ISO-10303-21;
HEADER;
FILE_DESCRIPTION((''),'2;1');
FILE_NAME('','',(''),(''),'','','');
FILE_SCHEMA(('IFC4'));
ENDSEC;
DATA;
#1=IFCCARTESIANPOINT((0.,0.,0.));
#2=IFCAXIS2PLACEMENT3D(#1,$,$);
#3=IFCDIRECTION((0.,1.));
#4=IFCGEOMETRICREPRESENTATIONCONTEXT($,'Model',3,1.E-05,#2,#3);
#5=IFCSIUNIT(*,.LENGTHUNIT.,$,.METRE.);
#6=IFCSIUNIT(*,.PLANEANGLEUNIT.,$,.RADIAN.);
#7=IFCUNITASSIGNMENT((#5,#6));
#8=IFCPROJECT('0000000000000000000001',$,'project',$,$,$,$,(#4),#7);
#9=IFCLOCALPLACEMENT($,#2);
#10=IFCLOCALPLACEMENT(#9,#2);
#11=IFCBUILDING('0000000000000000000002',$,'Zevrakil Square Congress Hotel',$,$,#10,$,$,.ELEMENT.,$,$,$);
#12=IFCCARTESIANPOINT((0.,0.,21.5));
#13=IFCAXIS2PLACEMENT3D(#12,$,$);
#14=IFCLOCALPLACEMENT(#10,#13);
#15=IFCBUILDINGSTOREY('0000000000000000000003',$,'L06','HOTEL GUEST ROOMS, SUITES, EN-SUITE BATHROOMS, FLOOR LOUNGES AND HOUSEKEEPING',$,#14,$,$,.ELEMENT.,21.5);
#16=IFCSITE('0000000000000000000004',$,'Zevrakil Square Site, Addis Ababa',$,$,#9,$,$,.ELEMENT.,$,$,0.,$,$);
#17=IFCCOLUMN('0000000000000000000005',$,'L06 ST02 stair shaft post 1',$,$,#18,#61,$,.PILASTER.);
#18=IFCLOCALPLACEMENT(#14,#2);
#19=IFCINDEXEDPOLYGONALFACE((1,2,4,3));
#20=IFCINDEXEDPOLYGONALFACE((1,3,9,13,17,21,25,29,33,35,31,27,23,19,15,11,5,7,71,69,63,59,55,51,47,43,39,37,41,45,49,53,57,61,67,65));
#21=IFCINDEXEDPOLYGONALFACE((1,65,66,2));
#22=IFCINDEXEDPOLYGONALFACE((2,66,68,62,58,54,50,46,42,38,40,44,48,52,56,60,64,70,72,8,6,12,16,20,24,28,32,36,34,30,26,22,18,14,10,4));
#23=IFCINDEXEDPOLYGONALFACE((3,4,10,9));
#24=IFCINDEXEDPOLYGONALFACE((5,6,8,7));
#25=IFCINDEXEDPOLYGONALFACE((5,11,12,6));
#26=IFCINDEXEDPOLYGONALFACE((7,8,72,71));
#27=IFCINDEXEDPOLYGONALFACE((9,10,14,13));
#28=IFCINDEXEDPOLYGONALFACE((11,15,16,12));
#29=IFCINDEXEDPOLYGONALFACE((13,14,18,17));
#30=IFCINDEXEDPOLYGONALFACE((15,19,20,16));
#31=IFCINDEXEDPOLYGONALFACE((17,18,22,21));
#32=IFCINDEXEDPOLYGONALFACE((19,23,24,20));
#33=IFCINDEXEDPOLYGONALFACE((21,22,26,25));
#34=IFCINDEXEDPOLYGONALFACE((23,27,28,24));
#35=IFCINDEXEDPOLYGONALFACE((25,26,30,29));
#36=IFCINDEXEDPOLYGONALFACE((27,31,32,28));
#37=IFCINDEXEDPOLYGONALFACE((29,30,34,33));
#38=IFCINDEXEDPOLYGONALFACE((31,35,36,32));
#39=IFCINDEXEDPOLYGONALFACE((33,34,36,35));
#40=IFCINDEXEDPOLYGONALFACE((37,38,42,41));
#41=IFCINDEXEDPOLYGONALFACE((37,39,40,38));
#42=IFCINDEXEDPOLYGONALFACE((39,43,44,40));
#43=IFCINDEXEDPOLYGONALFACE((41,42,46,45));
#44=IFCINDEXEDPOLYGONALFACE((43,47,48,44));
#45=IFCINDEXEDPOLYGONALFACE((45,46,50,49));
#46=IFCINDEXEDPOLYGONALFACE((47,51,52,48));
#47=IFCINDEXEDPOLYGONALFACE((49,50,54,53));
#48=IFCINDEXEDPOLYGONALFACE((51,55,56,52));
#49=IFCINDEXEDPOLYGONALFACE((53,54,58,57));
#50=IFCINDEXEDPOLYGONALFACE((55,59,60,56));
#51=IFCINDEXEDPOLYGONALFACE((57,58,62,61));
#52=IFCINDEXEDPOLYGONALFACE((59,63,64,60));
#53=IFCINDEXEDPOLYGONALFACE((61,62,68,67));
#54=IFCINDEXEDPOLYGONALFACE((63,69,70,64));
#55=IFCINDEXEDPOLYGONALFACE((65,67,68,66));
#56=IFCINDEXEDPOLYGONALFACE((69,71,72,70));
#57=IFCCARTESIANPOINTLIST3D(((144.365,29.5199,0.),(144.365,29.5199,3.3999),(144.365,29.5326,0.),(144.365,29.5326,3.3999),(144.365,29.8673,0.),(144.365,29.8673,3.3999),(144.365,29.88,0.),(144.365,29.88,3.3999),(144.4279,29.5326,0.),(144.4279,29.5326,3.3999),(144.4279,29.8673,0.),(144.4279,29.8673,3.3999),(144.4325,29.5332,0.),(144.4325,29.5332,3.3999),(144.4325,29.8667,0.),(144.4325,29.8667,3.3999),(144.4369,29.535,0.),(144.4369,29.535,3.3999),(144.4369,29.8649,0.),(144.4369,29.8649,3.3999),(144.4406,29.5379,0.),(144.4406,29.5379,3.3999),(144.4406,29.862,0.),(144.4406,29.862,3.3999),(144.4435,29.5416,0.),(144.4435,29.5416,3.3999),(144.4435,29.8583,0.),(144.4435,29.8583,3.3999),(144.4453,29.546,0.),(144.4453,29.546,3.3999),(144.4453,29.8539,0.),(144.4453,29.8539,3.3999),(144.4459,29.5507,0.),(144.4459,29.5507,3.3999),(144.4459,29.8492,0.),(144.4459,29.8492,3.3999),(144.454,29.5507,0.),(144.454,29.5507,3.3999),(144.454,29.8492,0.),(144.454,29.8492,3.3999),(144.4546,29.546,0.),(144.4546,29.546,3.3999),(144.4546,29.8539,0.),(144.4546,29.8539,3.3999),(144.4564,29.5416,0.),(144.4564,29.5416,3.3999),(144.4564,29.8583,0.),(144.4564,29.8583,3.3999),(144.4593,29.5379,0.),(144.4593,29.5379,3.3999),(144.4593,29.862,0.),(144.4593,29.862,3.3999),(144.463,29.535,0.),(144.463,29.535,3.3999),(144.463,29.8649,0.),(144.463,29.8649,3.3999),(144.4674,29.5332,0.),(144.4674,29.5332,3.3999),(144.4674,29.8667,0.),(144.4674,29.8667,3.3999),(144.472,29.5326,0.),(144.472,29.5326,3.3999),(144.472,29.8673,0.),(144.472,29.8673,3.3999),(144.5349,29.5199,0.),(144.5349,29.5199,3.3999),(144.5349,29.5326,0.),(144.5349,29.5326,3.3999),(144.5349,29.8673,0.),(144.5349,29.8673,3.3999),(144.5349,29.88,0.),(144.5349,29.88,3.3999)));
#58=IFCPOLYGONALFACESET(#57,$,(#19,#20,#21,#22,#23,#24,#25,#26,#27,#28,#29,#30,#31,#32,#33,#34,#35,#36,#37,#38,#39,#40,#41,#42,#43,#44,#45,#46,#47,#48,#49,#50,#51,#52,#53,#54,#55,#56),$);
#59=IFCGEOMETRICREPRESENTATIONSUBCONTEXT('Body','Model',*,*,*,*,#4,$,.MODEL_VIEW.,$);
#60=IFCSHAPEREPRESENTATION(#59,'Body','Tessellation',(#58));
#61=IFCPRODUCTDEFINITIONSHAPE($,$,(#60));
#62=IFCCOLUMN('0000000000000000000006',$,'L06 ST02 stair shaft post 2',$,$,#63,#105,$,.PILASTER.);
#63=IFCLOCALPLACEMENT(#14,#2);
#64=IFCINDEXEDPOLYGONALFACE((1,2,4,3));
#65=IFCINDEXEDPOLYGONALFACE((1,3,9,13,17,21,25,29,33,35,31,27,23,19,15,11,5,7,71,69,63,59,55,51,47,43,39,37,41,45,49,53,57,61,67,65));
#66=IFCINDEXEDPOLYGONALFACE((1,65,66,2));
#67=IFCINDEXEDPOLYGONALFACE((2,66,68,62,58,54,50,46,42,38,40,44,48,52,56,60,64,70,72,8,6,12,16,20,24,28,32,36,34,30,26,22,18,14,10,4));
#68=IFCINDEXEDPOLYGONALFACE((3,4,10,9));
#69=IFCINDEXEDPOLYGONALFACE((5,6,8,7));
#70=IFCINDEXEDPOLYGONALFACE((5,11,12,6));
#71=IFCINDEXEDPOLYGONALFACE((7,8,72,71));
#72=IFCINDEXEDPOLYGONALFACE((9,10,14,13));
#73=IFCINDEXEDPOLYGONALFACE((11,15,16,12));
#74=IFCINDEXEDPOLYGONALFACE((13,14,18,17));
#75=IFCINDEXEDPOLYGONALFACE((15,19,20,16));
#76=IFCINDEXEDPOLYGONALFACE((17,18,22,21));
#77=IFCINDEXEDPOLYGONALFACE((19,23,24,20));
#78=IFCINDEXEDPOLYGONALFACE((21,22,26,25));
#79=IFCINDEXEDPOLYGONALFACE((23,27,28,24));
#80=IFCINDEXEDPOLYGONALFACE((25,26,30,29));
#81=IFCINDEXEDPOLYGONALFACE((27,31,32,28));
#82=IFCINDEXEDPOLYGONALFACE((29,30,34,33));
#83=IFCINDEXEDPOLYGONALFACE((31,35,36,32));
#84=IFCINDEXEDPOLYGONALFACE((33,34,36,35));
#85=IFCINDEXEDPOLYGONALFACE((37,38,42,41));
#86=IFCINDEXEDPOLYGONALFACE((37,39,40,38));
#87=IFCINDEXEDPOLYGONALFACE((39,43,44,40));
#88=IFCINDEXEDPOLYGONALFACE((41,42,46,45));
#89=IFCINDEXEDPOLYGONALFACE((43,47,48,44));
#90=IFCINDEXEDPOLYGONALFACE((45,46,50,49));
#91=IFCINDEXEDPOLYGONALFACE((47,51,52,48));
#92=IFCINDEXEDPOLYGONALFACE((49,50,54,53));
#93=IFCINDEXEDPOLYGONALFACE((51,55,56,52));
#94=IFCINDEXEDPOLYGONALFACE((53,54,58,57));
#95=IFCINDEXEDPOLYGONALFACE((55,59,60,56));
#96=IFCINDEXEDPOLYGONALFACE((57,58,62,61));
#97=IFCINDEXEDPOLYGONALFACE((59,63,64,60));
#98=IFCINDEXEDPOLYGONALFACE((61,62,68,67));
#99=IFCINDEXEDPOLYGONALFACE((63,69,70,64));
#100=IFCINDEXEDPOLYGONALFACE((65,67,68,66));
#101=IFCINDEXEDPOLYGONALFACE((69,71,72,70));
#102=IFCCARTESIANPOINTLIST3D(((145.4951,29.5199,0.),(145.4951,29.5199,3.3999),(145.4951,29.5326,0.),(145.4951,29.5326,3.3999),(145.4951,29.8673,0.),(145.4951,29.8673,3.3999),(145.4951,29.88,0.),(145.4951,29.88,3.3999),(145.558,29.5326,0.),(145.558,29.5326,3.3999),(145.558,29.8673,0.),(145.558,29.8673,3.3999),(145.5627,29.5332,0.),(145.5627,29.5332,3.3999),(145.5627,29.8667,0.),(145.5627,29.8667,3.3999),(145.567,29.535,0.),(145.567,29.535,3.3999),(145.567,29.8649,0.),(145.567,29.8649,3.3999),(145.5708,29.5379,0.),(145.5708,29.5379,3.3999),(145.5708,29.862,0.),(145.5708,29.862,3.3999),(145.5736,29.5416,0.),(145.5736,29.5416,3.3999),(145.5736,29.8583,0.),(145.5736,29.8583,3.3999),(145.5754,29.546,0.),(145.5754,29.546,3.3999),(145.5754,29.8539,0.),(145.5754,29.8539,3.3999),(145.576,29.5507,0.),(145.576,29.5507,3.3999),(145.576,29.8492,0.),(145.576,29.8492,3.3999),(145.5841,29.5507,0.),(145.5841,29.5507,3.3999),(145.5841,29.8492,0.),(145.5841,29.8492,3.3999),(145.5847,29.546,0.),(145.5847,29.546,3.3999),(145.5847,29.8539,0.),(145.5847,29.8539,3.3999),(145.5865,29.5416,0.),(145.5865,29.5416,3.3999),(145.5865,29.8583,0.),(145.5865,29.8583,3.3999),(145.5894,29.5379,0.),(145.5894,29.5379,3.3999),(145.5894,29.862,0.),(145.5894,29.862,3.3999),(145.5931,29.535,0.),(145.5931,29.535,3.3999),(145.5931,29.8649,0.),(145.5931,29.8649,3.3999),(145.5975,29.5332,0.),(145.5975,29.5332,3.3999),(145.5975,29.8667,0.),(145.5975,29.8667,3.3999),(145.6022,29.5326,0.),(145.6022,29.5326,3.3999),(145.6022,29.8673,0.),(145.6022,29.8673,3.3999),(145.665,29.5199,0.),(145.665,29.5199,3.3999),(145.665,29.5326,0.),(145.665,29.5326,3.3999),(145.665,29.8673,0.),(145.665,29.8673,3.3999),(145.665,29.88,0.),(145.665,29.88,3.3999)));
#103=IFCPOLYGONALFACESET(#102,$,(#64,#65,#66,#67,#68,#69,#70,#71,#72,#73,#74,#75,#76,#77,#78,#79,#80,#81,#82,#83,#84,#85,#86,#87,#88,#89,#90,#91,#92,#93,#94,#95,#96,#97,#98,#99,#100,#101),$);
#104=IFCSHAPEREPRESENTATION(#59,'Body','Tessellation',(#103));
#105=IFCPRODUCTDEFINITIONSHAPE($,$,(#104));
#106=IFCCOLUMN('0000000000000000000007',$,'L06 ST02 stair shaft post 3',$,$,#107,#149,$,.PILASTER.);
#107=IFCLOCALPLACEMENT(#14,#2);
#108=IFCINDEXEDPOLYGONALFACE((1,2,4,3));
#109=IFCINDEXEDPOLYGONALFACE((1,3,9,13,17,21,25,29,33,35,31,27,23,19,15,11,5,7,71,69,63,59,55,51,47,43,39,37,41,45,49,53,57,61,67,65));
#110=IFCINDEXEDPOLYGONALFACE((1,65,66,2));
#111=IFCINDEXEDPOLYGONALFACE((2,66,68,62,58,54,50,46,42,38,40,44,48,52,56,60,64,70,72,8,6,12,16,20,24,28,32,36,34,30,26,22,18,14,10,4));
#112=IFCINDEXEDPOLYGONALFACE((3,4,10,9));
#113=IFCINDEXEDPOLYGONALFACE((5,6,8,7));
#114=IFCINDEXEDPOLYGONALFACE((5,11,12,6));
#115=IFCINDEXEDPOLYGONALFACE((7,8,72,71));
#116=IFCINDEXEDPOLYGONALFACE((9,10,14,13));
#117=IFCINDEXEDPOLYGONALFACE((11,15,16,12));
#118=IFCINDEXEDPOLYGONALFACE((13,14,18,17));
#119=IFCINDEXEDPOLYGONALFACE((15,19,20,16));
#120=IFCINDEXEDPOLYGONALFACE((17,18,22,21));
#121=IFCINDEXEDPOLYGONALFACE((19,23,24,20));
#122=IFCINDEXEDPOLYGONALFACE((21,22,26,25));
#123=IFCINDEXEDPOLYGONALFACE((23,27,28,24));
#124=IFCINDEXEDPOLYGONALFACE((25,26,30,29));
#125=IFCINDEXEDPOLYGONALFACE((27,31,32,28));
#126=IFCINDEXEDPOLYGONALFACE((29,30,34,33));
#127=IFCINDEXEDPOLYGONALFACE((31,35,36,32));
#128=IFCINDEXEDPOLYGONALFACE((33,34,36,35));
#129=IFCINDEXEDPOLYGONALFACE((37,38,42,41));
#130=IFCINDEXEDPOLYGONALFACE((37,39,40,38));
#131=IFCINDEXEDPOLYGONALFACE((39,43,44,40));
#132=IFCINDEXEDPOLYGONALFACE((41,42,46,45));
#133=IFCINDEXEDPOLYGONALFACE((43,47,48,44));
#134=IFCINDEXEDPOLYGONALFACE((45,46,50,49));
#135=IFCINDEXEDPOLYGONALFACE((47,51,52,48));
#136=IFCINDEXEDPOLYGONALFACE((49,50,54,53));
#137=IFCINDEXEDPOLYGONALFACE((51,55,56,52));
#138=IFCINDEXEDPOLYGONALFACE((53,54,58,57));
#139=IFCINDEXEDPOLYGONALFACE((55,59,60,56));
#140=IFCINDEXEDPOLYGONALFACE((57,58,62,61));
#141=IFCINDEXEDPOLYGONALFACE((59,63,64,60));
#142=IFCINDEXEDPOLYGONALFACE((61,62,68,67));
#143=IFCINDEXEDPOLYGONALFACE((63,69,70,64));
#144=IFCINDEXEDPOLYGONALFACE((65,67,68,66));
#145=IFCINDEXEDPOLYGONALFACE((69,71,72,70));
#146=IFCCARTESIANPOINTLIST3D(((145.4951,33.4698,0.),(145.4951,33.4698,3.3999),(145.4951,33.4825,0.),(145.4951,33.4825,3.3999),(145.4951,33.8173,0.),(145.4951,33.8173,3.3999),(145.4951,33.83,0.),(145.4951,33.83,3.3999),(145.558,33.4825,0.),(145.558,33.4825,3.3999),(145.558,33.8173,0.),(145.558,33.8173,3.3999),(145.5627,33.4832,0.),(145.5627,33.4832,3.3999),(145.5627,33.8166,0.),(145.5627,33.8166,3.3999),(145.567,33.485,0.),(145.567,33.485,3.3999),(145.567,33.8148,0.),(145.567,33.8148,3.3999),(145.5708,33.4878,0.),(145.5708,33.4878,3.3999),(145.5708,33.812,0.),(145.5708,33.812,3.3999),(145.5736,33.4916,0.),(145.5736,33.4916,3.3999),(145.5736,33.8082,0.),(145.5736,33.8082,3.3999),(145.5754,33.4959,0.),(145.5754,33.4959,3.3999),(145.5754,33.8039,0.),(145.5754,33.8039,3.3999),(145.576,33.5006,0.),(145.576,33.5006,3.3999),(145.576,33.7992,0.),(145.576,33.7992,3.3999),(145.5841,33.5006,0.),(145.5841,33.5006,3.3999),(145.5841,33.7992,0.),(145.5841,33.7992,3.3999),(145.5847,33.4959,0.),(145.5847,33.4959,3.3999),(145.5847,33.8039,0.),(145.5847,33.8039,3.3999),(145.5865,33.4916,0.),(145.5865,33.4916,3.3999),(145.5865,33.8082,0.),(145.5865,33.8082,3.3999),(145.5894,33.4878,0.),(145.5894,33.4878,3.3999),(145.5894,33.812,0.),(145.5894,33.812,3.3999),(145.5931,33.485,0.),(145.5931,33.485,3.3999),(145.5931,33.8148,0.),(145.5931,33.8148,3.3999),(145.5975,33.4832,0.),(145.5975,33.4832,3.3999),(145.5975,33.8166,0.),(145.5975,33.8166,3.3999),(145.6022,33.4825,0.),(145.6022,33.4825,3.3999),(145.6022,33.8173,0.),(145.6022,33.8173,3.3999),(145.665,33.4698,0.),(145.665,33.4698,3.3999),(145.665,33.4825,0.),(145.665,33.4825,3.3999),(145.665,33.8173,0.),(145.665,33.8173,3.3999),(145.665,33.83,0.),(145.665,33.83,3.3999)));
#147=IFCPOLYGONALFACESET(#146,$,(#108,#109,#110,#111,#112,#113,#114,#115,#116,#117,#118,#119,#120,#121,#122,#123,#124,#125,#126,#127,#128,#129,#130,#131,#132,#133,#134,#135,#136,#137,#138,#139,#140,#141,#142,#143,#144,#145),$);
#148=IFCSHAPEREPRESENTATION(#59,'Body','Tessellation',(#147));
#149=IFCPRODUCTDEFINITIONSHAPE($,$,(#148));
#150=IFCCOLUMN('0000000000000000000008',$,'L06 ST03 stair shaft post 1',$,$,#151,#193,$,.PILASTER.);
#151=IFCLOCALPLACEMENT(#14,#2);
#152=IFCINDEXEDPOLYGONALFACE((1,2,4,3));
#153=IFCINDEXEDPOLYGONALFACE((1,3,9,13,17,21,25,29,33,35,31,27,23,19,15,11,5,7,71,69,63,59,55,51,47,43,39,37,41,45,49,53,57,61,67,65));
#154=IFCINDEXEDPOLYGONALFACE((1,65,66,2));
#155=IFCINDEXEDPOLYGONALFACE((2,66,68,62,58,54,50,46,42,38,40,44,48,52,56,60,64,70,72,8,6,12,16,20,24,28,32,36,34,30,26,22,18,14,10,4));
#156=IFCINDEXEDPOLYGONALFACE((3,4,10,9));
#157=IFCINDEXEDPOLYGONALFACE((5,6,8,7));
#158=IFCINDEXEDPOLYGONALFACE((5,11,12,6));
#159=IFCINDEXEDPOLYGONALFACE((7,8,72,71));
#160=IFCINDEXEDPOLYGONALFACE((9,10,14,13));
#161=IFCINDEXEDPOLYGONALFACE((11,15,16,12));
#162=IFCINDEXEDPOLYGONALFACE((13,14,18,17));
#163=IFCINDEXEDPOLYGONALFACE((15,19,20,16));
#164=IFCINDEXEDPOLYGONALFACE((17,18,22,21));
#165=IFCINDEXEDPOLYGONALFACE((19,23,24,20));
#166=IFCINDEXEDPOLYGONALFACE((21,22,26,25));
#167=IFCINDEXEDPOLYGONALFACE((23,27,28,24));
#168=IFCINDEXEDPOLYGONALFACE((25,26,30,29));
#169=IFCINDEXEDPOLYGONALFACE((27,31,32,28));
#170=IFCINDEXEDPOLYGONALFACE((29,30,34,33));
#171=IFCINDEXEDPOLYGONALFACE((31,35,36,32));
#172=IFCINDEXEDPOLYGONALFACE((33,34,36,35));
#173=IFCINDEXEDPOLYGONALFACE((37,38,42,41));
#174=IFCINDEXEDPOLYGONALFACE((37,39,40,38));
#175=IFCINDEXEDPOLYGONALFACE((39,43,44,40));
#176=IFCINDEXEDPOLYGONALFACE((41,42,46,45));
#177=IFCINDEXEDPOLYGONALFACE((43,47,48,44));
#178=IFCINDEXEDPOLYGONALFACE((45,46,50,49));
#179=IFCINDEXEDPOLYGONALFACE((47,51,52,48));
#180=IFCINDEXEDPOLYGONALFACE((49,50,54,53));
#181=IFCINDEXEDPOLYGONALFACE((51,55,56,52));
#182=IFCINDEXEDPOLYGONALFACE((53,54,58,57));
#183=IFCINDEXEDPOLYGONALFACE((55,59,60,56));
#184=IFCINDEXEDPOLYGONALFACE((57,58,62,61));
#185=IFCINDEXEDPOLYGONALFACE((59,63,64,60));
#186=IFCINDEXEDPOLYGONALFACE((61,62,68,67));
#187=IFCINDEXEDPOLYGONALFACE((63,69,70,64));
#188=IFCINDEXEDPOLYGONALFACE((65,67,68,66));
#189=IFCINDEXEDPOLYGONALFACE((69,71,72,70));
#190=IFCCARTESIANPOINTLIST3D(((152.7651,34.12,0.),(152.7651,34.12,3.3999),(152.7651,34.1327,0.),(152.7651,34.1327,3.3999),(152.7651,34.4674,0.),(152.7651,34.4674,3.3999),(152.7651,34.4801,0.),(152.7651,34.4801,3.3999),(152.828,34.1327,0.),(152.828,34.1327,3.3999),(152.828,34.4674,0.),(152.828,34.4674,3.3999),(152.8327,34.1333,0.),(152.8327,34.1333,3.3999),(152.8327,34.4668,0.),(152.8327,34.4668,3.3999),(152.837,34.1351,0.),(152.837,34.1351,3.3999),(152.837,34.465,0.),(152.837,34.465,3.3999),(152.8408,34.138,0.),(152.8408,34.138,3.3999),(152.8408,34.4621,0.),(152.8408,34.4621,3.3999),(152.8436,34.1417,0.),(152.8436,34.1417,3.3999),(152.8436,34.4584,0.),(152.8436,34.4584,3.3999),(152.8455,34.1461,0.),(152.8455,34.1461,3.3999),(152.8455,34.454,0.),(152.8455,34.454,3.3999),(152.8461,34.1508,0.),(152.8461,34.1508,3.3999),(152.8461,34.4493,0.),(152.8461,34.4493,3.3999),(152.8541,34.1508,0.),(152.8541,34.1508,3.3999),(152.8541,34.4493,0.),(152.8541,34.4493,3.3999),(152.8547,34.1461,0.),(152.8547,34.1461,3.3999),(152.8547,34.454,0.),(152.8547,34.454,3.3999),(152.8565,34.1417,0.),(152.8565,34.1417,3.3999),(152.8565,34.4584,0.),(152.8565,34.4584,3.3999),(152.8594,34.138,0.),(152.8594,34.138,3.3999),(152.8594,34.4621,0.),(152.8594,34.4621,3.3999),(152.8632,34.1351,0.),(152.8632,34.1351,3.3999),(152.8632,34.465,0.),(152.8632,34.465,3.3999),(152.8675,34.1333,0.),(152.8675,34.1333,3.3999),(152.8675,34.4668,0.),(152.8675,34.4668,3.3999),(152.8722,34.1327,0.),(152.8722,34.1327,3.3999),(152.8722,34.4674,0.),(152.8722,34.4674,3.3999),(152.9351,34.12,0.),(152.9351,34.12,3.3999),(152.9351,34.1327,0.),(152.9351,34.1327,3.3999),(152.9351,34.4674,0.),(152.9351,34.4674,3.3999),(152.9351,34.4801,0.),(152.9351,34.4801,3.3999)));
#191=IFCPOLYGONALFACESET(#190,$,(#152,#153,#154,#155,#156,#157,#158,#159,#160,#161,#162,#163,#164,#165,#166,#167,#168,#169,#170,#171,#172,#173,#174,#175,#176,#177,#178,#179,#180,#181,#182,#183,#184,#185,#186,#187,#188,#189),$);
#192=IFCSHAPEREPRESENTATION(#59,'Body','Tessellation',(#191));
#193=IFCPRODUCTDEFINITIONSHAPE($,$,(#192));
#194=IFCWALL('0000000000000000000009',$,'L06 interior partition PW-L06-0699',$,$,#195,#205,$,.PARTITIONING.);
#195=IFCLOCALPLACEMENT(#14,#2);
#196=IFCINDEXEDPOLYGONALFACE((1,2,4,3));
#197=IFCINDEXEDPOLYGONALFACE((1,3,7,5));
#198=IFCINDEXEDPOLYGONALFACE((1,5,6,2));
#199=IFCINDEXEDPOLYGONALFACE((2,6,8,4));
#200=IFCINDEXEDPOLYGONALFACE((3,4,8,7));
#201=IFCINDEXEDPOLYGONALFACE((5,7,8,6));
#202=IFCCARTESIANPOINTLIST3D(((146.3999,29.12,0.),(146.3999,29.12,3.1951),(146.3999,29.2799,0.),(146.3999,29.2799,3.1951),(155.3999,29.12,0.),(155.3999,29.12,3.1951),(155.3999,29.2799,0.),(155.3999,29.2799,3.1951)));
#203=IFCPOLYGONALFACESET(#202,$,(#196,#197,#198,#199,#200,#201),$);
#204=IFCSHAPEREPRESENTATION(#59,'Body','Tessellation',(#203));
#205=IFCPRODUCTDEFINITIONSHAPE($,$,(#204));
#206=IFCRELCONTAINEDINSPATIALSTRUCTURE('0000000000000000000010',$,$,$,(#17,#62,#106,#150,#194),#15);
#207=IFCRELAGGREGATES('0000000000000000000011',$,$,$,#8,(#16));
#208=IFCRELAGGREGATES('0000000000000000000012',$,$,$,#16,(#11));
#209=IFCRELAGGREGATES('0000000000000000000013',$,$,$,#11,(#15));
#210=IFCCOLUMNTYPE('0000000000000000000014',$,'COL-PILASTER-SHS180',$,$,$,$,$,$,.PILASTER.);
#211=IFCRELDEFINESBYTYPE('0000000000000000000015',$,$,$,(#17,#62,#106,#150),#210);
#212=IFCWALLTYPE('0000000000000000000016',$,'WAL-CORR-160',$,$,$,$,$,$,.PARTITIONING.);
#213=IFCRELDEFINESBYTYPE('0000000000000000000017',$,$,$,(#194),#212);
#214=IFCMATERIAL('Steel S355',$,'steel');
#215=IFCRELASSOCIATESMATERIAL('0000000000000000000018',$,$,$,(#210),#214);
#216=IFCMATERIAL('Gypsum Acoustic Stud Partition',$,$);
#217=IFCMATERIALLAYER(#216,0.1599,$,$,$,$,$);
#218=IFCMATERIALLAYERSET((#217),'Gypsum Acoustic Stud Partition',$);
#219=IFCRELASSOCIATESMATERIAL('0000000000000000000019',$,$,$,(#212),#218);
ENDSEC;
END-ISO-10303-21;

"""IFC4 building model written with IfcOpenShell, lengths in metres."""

from ifc_helpers import new_model, si_unit, direction, frame, frame_2d, origin, origin_2d, place, context, subcontext, project, spatial, rectangle, i_section, extrude, material, layer, layer_set, material_profile, profile_set, type_object, element, save


model = new_model("IFC4")

# Units and contexts
model_context = context("Model", 3, precision=1e-05, world=origin(), true_north=direction((0.0, 1.0)))
body_context = subcontext(model_context, "Body", "Model", "MODEL_VIEW")
ifc_project = project(units=[si_unit("LENGTHUNIT", "METRE"), si_unit("PLANEANGLEUNIT", "RADIAN")], contexts=[model_context])

# Site, building, storey
site_placement = place(None, origin())
site = spatial("IfcSite", under=ifc_project, at=site_placement, Name="Zevrakil Square Site, Addis Ababa", CompositionType="ELEMENT", RefElevation=0.0)
building_placement = place(site_placement, origin())
building = spatial("IfcBuilding", under=site, at=building_placement, Name="Zevrakil Square Congress Hotel", CompositionType="ELEMENT")
storey_placement = place(building_placement, frame((0.0, 0.0, 21.5)))
storey = spatial("IfcBuildingStorey", under=building, at=storey_placement, Name="L06", Description="HOTEL GUEST ROOMS, SUITES, EN-SUITE BATHROOMS, FLOOR LOUNGES AND HOUSEKEEPING", CompositionType="ELEMENT", Elevation=21.5)

# Columns
ifc_material_1 = material(Name="Steel S355", Category="steel")
ifc_material_profile = material_profile(ifc_material_1, i_section(OverallWidth=0.1699, OverallDepth=0.3601, WebThickness=0.0081, FlangeThickness=0.0127, FilletRadius=0.0181, at=origin_2d()), Name="IPE 360")
ifc_profile_set = profile_set([ifc_material_profile], Name="Steel S355")
column_type = type_object("IfcColumnType", Name="COL-PILASTER-SHS180", PredefinedType="PILASTER", material=ifc_profile_set)
for number, where, z_axis, x_axis, name in (
    (1, (144.45, 29.7, 0.0), (0.0, 0.0, 1.0), (1.0, 0.0, 0.0), "L06 ST02 stair shaft post 1"),
    (2, (145.5801, 29.7, 0.0), (0.0, 0.0, 1.0), (1.0, 0.0, 0.0), "L06 ST02 stair shaft post 2"),
    (3, (145.5801, 33.6499, 0.0), (0.0, 0.0, 1.0), (1.0, 0.0, 0.0), "L06 ST02 stair shaft post 3"),
    (4, (152.8501, 34.3, 0.0), (0.0, 0.0, 1.0), (1.0, 0.0, 0.0), "L06 ST03 stair shaft post 1"),
):
    element("IfcColumn", number, at=place(storey_placement, frame(where, z_axis=z_axis, x_axis=x_axis)), inside=storey, type_object=column_type, Name=name, PredefinedType="PILASTER", context=body_context, shape_type="SweptSolid", body=[
        extrude(i_section(OverallWidth=0.1699, OverallDepth=0.3601, WebThickness=0.0081, FlangeThickness=0.0127, FilletRadius=0.0181, at=origin_2d()), origin(), (0.0, 0.0, 1.0), 3.3999),
    ])

# Wall
ifc_material_2 = material(Name="Gypsum Acoustic Stud Partition")
ifc_layer_1 = layer(ifc_material_2, 0.1599)
ifc_layer_set_1 = layer_set([ifc_layer_1], Name="Gypsum Acoustic Stud Partition")
wall_type_1 = type_object("IfcWallType", Name="WAL-CORR-160", PredefinedType="PARTITIONING", material=ifc_layer_set_1)
wall_1_placement = place(storey_placement, frame((146.3999, 29.2, 0.0), z_axis=(0.0, 0.0, 1.0), x_axis=(1.0, 0.0, 0.0)))
element("IfcWall", 5, at=wall_1_placement, inside=storey, type_object=wall_type_1, Name="L06 interior partition PW-L06-0699", PredefinedType="PARTITIONING", context=body_context, shape_type="SweptSolid", body=[
    extrude(rectangle(XDim=9.0, YDim=0.1599, at=frame_2d((4.5, 0.0))), origin(), (0.0, 0.0, 1.0), 3.1951),
])

save(model, "model.ifc")
